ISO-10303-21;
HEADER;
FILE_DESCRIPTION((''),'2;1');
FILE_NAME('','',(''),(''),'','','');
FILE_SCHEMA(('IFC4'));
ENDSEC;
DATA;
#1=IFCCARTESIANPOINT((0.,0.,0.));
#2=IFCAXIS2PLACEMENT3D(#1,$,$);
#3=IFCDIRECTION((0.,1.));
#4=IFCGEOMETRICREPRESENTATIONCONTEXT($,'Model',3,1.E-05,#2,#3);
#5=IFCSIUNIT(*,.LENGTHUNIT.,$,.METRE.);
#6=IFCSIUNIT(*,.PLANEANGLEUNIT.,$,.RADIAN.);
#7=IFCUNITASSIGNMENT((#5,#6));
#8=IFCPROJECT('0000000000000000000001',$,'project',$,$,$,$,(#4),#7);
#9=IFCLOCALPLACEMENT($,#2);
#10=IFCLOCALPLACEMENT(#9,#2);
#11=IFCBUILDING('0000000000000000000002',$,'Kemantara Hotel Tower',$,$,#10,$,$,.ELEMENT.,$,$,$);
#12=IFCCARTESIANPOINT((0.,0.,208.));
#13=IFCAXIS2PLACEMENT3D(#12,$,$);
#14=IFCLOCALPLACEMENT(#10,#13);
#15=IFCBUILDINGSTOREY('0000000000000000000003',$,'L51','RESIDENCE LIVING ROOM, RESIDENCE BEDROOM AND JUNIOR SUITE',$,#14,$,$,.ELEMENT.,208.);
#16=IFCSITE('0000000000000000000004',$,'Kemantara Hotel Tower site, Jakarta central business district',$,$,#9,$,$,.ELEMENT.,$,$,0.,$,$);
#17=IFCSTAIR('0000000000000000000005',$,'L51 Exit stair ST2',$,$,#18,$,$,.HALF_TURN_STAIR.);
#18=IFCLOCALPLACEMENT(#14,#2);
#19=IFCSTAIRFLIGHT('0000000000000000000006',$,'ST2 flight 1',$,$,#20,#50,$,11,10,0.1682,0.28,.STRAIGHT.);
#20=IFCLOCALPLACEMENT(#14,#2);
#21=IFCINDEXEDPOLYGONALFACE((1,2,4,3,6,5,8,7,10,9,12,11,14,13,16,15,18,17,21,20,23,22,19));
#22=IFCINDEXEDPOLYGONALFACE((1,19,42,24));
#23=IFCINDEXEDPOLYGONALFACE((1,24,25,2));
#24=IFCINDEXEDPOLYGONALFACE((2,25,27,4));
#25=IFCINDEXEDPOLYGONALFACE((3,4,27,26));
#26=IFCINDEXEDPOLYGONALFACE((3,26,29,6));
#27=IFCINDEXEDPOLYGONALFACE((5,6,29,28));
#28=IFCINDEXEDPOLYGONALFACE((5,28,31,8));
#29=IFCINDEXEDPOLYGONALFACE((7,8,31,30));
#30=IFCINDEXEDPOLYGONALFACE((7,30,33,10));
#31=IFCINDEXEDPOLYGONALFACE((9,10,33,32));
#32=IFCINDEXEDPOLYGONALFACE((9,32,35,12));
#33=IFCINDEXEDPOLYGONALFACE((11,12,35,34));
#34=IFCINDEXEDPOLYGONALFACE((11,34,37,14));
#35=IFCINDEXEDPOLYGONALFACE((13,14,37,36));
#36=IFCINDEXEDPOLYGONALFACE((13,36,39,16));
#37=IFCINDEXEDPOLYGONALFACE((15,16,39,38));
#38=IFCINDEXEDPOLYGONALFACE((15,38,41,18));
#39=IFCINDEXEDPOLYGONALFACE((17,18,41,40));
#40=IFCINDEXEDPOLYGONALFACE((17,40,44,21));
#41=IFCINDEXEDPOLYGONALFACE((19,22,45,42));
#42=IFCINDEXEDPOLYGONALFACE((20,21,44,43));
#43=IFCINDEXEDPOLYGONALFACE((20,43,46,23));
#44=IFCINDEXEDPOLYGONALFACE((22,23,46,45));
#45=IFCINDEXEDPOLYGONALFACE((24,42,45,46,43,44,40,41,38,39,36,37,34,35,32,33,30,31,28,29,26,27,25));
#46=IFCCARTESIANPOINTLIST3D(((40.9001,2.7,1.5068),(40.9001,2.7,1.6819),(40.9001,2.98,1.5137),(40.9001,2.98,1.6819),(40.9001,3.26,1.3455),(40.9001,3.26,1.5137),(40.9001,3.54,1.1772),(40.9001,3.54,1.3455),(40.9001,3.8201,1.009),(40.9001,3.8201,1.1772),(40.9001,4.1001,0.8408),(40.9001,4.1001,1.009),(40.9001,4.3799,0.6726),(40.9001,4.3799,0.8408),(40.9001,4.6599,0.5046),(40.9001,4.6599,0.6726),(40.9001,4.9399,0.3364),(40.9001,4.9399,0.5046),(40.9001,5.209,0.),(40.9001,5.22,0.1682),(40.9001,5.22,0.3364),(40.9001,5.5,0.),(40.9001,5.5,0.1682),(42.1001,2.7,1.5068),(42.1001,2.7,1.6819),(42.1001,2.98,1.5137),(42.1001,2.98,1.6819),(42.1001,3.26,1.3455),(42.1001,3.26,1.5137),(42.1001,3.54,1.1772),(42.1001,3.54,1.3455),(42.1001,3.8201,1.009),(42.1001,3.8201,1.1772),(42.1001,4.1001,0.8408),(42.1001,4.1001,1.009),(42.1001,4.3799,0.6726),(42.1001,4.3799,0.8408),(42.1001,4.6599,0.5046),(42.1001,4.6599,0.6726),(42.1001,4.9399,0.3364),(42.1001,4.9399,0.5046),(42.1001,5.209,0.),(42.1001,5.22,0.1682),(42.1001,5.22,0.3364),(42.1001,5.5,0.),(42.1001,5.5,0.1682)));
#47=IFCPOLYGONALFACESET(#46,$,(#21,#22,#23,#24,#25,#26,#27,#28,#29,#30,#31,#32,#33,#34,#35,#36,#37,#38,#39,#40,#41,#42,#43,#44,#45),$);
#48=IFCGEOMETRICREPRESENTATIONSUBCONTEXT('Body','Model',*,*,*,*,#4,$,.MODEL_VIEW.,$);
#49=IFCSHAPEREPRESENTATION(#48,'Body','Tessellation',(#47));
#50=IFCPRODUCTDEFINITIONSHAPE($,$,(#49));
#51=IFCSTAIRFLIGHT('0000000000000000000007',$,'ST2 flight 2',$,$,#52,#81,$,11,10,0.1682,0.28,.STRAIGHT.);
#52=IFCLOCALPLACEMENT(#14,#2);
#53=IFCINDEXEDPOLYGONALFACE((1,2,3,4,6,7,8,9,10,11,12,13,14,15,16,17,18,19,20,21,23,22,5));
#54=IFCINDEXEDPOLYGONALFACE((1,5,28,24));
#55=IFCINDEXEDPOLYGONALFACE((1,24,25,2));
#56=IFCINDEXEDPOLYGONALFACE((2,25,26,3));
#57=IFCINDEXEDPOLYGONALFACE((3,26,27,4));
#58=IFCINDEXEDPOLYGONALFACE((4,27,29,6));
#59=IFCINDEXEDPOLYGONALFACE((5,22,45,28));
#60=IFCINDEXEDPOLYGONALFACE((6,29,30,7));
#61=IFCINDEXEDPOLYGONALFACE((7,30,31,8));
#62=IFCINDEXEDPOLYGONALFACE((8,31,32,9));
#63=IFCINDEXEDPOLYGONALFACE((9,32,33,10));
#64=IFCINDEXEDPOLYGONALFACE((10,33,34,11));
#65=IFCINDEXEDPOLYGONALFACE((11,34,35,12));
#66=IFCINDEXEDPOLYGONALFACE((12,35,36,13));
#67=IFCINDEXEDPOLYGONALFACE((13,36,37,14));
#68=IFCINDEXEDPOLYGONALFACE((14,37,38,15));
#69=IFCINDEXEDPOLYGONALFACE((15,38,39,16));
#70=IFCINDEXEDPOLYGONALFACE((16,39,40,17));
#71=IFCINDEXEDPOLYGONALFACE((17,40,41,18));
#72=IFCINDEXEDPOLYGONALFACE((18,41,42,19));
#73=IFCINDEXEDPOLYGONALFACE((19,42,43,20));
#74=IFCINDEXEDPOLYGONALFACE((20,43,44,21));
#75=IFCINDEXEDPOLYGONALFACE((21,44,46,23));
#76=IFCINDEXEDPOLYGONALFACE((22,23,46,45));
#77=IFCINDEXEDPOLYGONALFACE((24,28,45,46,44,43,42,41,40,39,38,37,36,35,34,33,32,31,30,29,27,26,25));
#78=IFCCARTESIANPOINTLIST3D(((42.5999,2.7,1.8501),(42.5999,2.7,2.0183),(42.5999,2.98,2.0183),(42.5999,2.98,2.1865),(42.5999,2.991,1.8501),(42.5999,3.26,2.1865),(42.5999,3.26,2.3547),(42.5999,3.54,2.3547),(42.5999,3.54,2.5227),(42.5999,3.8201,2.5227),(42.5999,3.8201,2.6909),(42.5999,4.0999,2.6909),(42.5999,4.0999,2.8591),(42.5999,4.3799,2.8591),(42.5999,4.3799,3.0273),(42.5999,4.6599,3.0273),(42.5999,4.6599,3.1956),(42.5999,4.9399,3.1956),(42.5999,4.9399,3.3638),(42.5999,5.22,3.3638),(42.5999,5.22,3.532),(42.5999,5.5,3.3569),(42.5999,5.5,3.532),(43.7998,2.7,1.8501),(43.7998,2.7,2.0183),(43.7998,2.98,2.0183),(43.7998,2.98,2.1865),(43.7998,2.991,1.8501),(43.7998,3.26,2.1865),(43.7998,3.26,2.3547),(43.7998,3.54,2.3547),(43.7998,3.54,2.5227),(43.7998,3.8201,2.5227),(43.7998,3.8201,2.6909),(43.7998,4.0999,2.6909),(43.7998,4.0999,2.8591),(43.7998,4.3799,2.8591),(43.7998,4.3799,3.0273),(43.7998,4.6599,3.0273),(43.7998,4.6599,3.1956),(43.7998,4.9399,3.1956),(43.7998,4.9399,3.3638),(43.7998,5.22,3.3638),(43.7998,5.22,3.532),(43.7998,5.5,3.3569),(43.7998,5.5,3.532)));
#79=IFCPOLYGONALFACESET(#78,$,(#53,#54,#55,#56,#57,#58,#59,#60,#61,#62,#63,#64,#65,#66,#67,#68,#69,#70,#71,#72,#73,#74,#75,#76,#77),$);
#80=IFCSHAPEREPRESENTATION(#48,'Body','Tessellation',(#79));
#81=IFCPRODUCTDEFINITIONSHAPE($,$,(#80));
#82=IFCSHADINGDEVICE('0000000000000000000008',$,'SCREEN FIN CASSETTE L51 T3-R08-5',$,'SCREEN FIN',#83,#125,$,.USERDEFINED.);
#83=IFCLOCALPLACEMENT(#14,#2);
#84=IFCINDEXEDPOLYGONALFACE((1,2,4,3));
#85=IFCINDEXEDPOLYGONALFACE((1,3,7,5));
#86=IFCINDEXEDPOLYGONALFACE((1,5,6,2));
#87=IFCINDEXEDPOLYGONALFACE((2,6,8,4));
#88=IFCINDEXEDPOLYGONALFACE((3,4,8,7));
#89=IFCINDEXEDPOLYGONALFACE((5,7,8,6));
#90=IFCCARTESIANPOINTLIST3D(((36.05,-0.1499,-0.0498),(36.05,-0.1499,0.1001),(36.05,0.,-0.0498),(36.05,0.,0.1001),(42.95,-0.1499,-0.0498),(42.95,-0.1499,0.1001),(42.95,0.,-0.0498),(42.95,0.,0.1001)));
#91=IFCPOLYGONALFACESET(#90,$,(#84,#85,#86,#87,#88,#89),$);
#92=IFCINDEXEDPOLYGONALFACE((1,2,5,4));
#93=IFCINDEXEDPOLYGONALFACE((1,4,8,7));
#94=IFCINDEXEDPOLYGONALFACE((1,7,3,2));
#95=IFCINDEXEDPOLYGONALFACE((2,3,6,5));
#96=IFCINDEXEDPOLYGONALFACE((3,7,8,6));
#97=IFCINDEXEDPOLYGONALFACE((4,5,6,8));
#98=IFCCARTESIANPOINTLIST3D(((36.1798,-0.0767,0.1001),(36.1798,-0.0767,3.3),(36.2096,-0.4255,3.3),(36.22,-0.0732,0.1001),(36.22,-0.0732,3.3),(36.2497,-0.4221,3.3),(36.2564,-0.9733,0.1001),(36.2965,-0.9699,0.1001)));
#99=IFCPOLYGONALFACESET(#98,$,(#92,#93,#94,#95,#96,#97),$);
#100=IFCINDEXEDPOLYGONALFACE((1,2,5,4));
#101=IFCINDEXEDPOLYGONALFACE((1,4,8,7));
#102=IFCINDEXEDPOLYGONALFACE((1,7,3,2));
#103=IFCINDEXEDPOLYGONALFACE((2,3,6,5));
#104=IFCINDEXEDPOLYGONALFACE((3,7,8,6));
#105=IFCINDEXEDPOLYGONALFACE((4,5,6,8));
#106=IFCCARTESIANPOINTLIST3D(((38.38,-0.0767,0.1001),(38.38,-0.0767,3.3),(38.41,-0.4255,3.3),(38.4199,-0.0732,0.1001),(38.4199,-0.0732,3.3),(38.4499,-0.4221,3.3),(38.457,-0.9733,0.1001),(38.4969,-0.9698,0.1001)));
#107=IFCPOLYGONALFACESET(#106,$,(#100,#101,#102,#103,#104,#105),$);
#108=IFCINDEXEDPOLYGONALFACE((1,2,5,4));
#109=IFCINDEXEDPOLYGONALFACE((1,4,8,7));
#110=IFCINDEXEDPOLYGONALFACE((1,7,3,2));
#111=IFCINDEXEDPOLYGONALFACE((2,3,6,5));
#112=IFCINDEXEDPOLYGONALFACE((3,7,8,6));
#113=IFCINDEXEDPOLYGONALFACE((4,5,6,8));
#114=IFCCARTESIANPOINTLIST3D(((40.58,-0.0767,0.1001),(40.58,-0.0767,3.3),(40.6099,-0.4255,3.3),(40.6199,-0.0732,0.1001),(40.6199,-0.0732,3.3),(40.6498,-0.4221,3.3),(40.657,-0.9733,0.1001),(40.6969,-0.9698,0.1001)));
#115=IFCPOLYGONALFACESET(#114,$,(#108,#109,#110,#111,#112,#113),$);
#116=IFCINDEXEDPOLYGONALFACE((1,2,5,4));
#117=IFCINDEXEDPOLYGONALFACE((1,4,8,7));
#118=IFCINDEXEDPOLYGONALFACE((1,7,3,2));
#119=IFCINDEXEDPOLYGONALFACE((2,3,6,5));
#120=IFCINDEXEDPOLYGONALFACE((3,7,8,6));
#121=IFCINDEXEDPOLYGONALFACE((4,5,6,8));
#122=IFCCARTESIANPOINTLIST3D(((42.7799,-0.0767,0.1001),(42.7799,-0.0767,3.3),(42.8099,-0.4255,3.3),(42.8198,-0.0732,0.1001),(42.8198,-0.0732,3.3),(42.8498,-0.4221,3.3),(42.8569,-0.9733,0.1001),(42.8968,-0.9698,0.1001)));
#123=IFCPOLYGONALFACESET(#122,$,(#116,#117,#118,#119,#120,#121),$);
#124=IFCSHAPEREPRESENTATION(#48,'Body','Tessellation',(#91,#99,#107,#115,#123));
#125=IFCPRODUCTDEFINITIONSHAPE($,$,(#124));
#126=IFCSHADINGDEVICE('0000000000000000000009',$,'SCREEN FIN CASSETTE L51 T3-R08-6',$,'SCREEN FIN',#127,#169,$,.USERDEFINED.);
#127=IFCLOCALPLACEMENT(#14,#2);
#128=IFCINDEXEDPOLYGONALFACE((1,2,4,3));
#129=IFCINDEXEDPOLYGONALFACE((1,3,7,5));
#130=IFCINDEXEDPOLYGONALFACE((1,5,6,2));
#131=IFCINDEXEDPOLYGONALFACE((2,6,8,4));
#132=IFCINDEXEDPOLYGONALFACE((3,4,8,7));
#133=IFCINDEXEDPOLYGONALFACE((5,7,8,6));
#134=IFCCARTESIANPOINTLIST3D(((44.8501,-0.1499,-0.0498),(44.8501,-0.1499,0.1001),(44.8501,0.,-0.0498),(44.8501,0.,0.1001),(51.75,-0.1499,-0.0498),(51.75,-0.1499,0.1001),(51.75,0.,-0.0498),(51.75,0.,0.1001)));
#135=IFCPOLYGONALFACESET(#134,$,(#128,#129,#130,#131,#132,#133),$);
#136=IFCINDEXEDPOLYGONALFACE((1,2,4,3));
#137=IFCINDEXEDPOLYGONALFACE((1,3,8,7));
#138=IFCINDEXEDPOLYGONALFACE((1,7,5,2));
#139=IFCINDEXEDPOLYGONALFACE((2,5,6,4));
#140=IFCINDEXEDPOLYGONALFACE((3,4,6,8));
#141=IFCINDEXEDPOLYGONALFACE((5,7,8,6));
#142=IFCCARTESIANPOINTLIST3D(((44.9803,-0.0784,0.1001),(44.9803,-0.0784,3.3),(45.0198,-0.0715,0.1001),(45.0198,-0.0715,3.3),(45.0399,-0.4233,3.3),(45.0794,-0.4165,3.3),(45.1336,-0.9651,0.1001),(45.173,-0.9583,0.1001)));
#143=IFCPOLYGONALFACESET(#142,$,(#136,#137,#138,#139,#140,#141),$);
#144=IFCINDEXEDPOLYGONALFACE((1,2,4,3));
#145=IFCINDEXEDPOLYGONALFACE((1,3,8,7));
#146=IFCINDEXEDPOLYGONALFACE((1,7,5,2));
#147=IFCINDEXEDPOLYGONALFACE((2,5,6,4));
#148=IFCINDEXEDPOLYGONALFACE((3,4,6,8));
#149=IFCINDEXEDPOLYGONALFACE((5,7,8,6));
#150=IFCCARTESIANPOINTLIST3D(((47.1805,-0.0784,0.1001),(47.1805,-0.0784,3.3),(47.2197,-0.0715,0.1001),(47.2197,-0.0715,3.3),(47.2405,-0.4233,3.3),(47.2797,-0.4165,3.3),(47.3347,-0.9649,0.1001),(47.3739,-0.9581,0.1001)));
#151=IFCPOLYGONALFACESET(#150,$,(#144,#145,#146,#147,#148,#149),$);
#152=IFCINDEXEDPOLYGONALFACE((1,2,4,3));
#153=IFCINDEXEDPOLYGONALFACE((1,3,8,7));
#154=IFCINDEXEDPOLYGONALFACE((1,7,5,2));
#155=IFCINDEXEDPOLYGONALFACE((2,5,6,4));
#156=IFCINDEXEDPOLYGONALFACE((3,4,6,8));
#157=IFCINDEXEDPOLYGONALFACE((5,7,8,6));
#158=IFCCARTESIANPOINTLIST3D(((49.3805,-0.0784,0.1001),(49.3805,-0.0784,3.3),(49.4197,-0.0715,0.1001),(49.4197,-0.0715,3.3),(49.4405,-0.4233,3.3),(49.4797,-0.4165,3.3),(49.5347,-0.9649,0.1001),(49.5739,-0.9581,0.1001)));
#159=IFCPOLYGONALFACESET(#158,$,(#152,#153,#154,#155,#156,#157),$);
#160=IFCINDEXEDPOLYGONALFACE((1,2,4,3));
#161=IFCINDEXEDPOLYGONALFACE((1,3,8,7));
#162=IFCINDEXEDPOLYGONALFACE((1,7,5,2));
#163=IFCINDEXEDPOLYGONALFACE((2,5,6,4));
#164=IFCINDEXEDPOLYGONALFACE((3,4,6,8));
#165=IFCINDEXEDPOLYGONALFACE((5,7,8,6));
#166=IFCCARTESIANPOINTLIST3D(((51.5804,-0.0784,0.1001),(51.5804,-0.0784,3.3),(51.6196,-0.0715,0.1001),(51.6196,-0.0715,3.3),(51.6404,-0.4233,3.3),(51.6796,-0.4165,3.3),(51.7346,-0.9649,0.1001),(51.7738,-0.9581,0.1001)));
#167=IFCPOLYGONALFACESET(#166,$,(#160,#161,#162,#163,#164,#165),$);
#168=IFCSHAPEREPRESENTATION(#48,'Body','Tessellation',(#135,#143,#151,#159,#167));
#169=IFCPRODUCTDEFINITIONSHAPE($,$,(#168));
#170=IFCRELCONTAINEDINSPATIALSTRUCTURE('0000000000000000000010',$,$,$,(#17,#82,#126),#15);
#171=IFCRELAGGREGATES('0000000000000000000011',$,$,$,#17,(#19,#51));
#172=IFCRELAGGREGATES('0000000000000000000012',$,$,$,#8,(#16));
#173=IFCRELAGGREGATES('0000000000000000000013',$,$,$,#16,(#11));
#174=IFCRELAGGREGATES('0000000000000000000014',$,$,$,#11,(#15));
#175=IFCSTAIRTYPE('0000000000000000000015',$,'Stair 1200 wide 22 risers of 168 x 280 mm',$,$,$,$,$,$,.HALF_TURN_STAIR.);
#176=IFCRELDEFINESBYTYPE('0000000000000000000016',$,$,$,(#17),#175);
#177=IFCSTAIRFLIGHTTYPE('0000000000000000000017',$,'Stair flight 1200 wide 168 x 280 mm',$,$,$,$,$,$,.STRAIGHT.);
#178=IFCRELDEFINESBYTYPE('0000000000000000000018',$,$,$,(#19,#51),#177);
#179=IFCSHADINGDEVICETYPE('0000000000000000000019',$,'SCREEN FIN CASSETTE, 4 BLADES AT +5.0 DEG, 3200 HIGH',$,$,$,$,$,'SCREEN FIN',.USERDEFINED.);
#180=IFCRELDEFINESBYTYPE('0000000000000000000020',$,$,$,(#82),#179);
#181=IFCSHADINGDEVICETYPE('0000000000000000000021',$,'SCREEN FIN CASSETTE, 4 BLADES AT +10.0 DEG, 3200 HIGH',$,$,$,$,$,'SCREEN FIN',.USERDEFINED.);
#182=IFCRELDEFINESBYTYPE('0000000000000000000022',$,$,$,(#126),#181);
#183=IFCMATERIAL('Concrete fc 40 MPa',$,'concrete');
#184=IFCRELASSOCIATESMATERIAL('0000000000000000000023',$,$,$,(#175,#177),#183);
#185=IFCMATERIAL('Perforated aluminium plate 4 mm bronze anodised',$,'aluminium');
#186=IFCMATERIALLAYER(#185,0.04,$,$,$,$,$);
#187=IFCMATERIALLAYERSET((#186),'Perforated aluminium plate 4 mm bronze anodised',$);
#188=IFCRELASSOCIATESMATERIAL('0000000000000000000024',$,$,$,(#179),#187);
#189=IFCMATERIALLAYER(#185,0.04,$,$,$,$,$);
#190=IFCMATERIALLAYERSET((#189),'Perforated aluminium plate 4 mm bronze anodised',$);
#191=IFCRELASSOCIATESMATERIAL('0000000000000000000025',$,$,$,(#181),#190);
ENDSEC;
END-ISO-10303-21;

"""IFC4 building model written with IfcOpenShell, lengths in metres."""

from ifc_helpers import new_model, si_unit, direction, frame, origin, origin_2d, place, context, subcontext, project, spatial, polyline, rectangle, outline, extrude, source, transform, mapped, material, layer, layer_set, type_object, element, aggregate, save


model = new_model("IFC4")

# Units and contexts
model_context = context("Model", 3, precision=1e-05, world=origin(), true_north=direction((0.0, 1.0)))
body_context = subcontext(model_context, "Body", "Model", "MODEL_VIEW")
ifc_project = project(units=[si_unit("LENGTHUNIT", "METRE"), si_unit("PLANEANGLEUNIT", "RADIAN")], contexts=[model_context])

# Site, building, storey
site_placement = place(None, origin())
site = spatial("IfcSite", under=ifc_project, at=site_placement, Name="Kemantara Hotel Tower site, Jakarta central business district", CompositionType="ELEMENT", RefElevation=0.0)
building_placement = place(site_placement, origin())
building = spatial("IfcBuilding", under=site, at=building_placement, Name="Kemantara Hotel Tower", CompositionType="ELEMENT")
storey_placement = place(building_placement, frame((0.0, 0.0, 208.0)))
storey = spatial("IfcBuildingStorey", under=building, at=storey_placement, Name="L51", Description="RESIDENCE LIVING ROOM, RESIDENCE BEDROOM AND JUNIOR SUITE", CompositionType="ELEMENT", Elevation=208.0)

# Stair, stair flights
ifc_material_1 = material(Name="Concrete fc 40 MPa", Category="concrete")
stair_type = type_object("IfcStairType", Name="Stair 1200 wide 22 risers of 168 x 280 mm", PredefinedType="HALF_TURN_STAIR", material=ifc_material_1)
stair_placement = place(storey_placement, origin())
stair = element("IfcStair", 1, at=stair_placement, inside=storey, type_object=stair_type, Name="L51 Exit stair ST2", PredefinedType="HALF_TURN_STAIR")
stair_flight_type = type_object("IfcStairFlightType", Name="Stair flight 1200 wide 168 x 280 mm", PredefinedType="STRAIGHT", material=ifc_material_1)
stair_flight_1_placement = place(storey_placement, frame((41.5, 5.5, 0.0), z_axis=(0.0, 0.0, 1.0), x_axis=(0.0, -1.0, 0.0)))
stair_flight_1 = element("IfcStairFlight", 2, at=stair_flight_1_placement, type_object=stair_flight_type, Name="ST2 flight 1", NumberOfRisers=11, NumberOfTreads=10, PredefinedType="STRAIGHT", RiserHeight=0.1682, TreadLength=0.28, context=body_context, shape_type="SweptSolid", body=[
    extrude(outline(polyline([(0.0, 0.0), (0.0, 0.1682), (0.28, 0.1682), (0.28, 0.3364), (0.5601, 0.3364), (0.5601, 0.5046), (0.8401, 0.5046), (0.8401, 0.6726), (1.1201, 0.6726), (1.1201, 0.8408), (1.3999, 0.8408), (1.3999, 1.009), (1.6799, 1.009), (1.6799, 1.1772), (1.96, 1.1772), (1.96, 1.3455), (2.24, 1.3455), (2.24, 1.5137), (2.52, 1.5137), (2.52, 1.6819), (2.8, 1.6819), (2.8, 1.8501), (2.8, 1.5068), (0.291, 0.0), (0.0, 0.0)])), frame((0.0, 0.6001, 0.0), z_axis=(0.0, -1.0, 0.0), x_axis=(1.0, 0.0, 0.0)), (0.0, 0.0, 1.0), 1.2),
])
stair_flight_2_placement = place(storey_placement, frame((43.2, 2.7, 1.8501), z_axis=(0.0, 0.0, 1.0), x_axis=(0.0, 1.0, 0.0)))
stair_flight_2 = element("IfcStairFlight", 3, at=stair_flight_2_placement, type_object=stair_flight_type, Name="ST2 flight 2", NumberOfRisers=11, NumberOfTreads=10, PredefinedType="STRAIGHT", RiserHeight=0.1682, TreadLength=0.28, context=body_context, shape_type="SweptSolid", body=[
    extrude(outline(polyline([(0.0, 0.0), (0.0, 0.1682), (0.28, 0.1682), (0.28, 0.3364), (0.5601, 0.3364), (0.5601, 0.5046), (0.8401, 0.5046), (0.8401, 0.6726), (1.1201, 0.6726), (1.1201, 0.8408), (1.3999, 0.8408), (1.3999, 1.009), (1.6799, 1.009), (1.6799, 1.1772), (1.96, 1.1772), (1.96, 1.3455), (2.24, 1.3455), (2.24, 1.5137), (2.52, 1.5137), (2.52, 1.6819), (2.8, 1.6819), (2.8, 1.8501), (2.8, 1.5068), (0.291, 0.0), (0.0, 0.0)])), frame((0.0, 0.6001, 0.0), z_axis=(0.0, -1.0, 0.0), x_axis=(1.0, 0.0, 0.0)), (0.0, 0.0, 1.0), 1.2),
])
aggregate(stair, [stair_flight_1, stair_flight_2])

# Shading devices
ifc_material_2 = material(Name="Perforated aluminium plate 4 mm bronze anodised", Category="aluminium")
ifc_layer_1 = layer(ifc_material_2, 0.04)
ifc_layer_set_1 = layer_set([ifc_layer_1], Name="Perforated aluminium plate 4 mm bronze anodised")
shading_device_type_1 = type_object("IfcShadingDeviceType", Name="SCREEN FIN CASSETTE, 4 BLADES AT +5.0 DEG, 3200 HIGH", ElementType="SCREEN FIN", PredefinedType="USERDEFINED", material=ifc_layer_set_1)
shared_shape_1 = source(origin(), body_context, "Body", "SweptSolid", [
    extrude(rectangle(XDim=6.8999, YDim=0.1499, at=origin_2d()), frame((3.3, -0.075, -0.1499), z_axis=(0.0, 0.0, 1.0), x_axis=(1.0, 0.0, 0.0)), (0.0, 0.0, 1.0), 0.1499),
    extrude(outline(polyline([(0.0, 0.0), (0.8999, 0.0), (0.3501, 3.2), (0.0, 3.2), (0.0, 0.0)])), frame((0.02, -0.0732, 0.0), z_axis=(-0.996376, -0.085056, 0.0), x_axis=(0.085056, -0.996376, 0.0)), (0.0, 0.0, 1.0), 0.0403),
    extrude(outline(polyline([(0.0, 0.0), (0.8999, 0.0), (0.3501, 3.2), (0.0, 3.2), (0.0, 0.0)])), frame((2.22, -0.0732, 0.0), z_axis=(-0.996332, -0.085575, 0.0), x_axis=(0.085575, -0.996332, 0.0)), (0.0, 0.0, 1.0), 0.04),
    extrude(outline(polyline([(0.0, 0.0), (0.8999, 0.0), (0.3501, 3.2), (0.0, 3.2), (0.0, 0.0)])), frame((4.4199, -0.0732, 0.0), z_axis=(-0.996332, -0.085575, 0.0), x_axis=(0.085575, -0.996332, 0.0)), (0.0, 0.0, 1.0), 0.04),
    extrude(outline(polyline([(0.0, 0.0), (0.8999, 0.0), (0.3501, 3.2), (0.0, 3.2), (0.0, 0.0)])), frame((6.6199, -0.0732, 0.0), z_axis=(-0.996332, -0.085575, 0.0), x_axis=(0.085575, -0.996332, 0.0)), (0.0, 0.0, 1.0), 0.04),
])
shading_device_1_placement = place(storey_placement, frame((36.2, 0.0, 0.1001), z_axis=(0.0, 0.0, 1.0), x_axis=(1.0, 0.0, 0.0)))
element("IfcShadingDevice", 4, at=shading_device_1_placement, inside=storey, type_object=shading_device_type_1, Name="SCREEN FIN CASSETTE L51 T3-R08-5", ObjectType="SCREEN FIN", PredefinedType="USERDEFINED", context=body_context, shape_type="MappedRepresentation", body=[
    mapped(shared_shape_1, transform((0.0, 0.0, 0.0))),
])
ifc_layer_2 = layer(ifc_material_2, 0.04)
ifc_layer_set_2 = layer_set([ifc_layer_2], Name="Perforated aluminium plate 4 mm bronze anodised")
shading_device_type_2 = type_object("IfcShadingDeviceType", Name="SCREEN FIN CASSETTE, 4 BLADES AT +10.0 DEG, 3200 HIGH", ElementType="SCREEN FIN", PredefinedType="USERDEFINED", material=ifc_layer_set_2)
shared_shape_2 = source(origin(), body_context, "Body", "SweptSolid", [
    extrude(rectangle(XDim=6.8999, YDim=0.1499, at=origin_2d()), frame((3.3, -0.075, -0.1499), z_axis=(0.0, 0.0, 1.0), x_axis=(1.0, 0.0, 0.0)), (0.0, 0.0, 1.0), 0.1499),
    extrude(outline(polyline([(0.0, 0.0), (0.8999, 0.0), (0.3501, 3.2), (0.0, 3.2), (0.0, 0.0)])), frame((0.0198, -0.0715, 0.0), z_axis=(-0.98539, -0.170314, 0.0), x_axis=(0.170314, -0.98539, 0.0)), (0.0, 0.0, 1.0), 0.04),
    extrude(outline(polyline([(0.0, 0.0), (0.8999, 0.0), (0.3501, 3.2), (0.0, 3.2), (0.0, 0.0)])), frame((2.2197, -0.0715, 0.0), z_axis=(-0.985212, -0.171341, 0.0), x_axis=(0.171341, -0.985212, 0.0)), (0.0, 0.0, 1.0), 0.0398),
    extrude(outline(polyline([(0.0, 0.0), (0.8999, 0.0), (0.3501, 3.2), (0.0, 3.2), (0.0, 0.0)])), frame((4.4197, -0.0715, 0.0), z_axis=(-0.985212, -0.171341, 0.0), x_axis=(0.171341, -0.985212, 0.0)), (0.0, 0.0, 1.0), 0.0398),
    extrude(outline(polyline([(0.0, 0.0), (0.8999, 0.0), (0.3501, 3.2), (0.0, 3.2), (0.0, 0.0)])), frame((6.6196, -0.0715, 0.0), z_axis=(-0.985212, -0.171341, 0.0), x_axis=(0.171341, -0.985212, 0.0)), (0.0, 0.0, 1.0), 0.0398),
])
shading_device_2_placement = place(storey_placement, frame((45.0, 0.0, 0.1001), z_axis=(0.0, 0.0, 1.0), x_axis=(1.0, 0.0, 0.0)))
element("IfcShadingDevice", 5, at=shading_device_2_placement, inside=storey, type_object=shading_device_type_2, Name="SCREEN FIN CASSETTE L51 T3-R08-6", ObjectType="SCREEN FIN", PredefinedType="USERDEFINED", context=body_context, shape_type="MappedRepresentation", body=[
    mapped(shared_shape_2, transform((0.0, 0.0, 0.0))),
])

save(model, "model.ifc")
